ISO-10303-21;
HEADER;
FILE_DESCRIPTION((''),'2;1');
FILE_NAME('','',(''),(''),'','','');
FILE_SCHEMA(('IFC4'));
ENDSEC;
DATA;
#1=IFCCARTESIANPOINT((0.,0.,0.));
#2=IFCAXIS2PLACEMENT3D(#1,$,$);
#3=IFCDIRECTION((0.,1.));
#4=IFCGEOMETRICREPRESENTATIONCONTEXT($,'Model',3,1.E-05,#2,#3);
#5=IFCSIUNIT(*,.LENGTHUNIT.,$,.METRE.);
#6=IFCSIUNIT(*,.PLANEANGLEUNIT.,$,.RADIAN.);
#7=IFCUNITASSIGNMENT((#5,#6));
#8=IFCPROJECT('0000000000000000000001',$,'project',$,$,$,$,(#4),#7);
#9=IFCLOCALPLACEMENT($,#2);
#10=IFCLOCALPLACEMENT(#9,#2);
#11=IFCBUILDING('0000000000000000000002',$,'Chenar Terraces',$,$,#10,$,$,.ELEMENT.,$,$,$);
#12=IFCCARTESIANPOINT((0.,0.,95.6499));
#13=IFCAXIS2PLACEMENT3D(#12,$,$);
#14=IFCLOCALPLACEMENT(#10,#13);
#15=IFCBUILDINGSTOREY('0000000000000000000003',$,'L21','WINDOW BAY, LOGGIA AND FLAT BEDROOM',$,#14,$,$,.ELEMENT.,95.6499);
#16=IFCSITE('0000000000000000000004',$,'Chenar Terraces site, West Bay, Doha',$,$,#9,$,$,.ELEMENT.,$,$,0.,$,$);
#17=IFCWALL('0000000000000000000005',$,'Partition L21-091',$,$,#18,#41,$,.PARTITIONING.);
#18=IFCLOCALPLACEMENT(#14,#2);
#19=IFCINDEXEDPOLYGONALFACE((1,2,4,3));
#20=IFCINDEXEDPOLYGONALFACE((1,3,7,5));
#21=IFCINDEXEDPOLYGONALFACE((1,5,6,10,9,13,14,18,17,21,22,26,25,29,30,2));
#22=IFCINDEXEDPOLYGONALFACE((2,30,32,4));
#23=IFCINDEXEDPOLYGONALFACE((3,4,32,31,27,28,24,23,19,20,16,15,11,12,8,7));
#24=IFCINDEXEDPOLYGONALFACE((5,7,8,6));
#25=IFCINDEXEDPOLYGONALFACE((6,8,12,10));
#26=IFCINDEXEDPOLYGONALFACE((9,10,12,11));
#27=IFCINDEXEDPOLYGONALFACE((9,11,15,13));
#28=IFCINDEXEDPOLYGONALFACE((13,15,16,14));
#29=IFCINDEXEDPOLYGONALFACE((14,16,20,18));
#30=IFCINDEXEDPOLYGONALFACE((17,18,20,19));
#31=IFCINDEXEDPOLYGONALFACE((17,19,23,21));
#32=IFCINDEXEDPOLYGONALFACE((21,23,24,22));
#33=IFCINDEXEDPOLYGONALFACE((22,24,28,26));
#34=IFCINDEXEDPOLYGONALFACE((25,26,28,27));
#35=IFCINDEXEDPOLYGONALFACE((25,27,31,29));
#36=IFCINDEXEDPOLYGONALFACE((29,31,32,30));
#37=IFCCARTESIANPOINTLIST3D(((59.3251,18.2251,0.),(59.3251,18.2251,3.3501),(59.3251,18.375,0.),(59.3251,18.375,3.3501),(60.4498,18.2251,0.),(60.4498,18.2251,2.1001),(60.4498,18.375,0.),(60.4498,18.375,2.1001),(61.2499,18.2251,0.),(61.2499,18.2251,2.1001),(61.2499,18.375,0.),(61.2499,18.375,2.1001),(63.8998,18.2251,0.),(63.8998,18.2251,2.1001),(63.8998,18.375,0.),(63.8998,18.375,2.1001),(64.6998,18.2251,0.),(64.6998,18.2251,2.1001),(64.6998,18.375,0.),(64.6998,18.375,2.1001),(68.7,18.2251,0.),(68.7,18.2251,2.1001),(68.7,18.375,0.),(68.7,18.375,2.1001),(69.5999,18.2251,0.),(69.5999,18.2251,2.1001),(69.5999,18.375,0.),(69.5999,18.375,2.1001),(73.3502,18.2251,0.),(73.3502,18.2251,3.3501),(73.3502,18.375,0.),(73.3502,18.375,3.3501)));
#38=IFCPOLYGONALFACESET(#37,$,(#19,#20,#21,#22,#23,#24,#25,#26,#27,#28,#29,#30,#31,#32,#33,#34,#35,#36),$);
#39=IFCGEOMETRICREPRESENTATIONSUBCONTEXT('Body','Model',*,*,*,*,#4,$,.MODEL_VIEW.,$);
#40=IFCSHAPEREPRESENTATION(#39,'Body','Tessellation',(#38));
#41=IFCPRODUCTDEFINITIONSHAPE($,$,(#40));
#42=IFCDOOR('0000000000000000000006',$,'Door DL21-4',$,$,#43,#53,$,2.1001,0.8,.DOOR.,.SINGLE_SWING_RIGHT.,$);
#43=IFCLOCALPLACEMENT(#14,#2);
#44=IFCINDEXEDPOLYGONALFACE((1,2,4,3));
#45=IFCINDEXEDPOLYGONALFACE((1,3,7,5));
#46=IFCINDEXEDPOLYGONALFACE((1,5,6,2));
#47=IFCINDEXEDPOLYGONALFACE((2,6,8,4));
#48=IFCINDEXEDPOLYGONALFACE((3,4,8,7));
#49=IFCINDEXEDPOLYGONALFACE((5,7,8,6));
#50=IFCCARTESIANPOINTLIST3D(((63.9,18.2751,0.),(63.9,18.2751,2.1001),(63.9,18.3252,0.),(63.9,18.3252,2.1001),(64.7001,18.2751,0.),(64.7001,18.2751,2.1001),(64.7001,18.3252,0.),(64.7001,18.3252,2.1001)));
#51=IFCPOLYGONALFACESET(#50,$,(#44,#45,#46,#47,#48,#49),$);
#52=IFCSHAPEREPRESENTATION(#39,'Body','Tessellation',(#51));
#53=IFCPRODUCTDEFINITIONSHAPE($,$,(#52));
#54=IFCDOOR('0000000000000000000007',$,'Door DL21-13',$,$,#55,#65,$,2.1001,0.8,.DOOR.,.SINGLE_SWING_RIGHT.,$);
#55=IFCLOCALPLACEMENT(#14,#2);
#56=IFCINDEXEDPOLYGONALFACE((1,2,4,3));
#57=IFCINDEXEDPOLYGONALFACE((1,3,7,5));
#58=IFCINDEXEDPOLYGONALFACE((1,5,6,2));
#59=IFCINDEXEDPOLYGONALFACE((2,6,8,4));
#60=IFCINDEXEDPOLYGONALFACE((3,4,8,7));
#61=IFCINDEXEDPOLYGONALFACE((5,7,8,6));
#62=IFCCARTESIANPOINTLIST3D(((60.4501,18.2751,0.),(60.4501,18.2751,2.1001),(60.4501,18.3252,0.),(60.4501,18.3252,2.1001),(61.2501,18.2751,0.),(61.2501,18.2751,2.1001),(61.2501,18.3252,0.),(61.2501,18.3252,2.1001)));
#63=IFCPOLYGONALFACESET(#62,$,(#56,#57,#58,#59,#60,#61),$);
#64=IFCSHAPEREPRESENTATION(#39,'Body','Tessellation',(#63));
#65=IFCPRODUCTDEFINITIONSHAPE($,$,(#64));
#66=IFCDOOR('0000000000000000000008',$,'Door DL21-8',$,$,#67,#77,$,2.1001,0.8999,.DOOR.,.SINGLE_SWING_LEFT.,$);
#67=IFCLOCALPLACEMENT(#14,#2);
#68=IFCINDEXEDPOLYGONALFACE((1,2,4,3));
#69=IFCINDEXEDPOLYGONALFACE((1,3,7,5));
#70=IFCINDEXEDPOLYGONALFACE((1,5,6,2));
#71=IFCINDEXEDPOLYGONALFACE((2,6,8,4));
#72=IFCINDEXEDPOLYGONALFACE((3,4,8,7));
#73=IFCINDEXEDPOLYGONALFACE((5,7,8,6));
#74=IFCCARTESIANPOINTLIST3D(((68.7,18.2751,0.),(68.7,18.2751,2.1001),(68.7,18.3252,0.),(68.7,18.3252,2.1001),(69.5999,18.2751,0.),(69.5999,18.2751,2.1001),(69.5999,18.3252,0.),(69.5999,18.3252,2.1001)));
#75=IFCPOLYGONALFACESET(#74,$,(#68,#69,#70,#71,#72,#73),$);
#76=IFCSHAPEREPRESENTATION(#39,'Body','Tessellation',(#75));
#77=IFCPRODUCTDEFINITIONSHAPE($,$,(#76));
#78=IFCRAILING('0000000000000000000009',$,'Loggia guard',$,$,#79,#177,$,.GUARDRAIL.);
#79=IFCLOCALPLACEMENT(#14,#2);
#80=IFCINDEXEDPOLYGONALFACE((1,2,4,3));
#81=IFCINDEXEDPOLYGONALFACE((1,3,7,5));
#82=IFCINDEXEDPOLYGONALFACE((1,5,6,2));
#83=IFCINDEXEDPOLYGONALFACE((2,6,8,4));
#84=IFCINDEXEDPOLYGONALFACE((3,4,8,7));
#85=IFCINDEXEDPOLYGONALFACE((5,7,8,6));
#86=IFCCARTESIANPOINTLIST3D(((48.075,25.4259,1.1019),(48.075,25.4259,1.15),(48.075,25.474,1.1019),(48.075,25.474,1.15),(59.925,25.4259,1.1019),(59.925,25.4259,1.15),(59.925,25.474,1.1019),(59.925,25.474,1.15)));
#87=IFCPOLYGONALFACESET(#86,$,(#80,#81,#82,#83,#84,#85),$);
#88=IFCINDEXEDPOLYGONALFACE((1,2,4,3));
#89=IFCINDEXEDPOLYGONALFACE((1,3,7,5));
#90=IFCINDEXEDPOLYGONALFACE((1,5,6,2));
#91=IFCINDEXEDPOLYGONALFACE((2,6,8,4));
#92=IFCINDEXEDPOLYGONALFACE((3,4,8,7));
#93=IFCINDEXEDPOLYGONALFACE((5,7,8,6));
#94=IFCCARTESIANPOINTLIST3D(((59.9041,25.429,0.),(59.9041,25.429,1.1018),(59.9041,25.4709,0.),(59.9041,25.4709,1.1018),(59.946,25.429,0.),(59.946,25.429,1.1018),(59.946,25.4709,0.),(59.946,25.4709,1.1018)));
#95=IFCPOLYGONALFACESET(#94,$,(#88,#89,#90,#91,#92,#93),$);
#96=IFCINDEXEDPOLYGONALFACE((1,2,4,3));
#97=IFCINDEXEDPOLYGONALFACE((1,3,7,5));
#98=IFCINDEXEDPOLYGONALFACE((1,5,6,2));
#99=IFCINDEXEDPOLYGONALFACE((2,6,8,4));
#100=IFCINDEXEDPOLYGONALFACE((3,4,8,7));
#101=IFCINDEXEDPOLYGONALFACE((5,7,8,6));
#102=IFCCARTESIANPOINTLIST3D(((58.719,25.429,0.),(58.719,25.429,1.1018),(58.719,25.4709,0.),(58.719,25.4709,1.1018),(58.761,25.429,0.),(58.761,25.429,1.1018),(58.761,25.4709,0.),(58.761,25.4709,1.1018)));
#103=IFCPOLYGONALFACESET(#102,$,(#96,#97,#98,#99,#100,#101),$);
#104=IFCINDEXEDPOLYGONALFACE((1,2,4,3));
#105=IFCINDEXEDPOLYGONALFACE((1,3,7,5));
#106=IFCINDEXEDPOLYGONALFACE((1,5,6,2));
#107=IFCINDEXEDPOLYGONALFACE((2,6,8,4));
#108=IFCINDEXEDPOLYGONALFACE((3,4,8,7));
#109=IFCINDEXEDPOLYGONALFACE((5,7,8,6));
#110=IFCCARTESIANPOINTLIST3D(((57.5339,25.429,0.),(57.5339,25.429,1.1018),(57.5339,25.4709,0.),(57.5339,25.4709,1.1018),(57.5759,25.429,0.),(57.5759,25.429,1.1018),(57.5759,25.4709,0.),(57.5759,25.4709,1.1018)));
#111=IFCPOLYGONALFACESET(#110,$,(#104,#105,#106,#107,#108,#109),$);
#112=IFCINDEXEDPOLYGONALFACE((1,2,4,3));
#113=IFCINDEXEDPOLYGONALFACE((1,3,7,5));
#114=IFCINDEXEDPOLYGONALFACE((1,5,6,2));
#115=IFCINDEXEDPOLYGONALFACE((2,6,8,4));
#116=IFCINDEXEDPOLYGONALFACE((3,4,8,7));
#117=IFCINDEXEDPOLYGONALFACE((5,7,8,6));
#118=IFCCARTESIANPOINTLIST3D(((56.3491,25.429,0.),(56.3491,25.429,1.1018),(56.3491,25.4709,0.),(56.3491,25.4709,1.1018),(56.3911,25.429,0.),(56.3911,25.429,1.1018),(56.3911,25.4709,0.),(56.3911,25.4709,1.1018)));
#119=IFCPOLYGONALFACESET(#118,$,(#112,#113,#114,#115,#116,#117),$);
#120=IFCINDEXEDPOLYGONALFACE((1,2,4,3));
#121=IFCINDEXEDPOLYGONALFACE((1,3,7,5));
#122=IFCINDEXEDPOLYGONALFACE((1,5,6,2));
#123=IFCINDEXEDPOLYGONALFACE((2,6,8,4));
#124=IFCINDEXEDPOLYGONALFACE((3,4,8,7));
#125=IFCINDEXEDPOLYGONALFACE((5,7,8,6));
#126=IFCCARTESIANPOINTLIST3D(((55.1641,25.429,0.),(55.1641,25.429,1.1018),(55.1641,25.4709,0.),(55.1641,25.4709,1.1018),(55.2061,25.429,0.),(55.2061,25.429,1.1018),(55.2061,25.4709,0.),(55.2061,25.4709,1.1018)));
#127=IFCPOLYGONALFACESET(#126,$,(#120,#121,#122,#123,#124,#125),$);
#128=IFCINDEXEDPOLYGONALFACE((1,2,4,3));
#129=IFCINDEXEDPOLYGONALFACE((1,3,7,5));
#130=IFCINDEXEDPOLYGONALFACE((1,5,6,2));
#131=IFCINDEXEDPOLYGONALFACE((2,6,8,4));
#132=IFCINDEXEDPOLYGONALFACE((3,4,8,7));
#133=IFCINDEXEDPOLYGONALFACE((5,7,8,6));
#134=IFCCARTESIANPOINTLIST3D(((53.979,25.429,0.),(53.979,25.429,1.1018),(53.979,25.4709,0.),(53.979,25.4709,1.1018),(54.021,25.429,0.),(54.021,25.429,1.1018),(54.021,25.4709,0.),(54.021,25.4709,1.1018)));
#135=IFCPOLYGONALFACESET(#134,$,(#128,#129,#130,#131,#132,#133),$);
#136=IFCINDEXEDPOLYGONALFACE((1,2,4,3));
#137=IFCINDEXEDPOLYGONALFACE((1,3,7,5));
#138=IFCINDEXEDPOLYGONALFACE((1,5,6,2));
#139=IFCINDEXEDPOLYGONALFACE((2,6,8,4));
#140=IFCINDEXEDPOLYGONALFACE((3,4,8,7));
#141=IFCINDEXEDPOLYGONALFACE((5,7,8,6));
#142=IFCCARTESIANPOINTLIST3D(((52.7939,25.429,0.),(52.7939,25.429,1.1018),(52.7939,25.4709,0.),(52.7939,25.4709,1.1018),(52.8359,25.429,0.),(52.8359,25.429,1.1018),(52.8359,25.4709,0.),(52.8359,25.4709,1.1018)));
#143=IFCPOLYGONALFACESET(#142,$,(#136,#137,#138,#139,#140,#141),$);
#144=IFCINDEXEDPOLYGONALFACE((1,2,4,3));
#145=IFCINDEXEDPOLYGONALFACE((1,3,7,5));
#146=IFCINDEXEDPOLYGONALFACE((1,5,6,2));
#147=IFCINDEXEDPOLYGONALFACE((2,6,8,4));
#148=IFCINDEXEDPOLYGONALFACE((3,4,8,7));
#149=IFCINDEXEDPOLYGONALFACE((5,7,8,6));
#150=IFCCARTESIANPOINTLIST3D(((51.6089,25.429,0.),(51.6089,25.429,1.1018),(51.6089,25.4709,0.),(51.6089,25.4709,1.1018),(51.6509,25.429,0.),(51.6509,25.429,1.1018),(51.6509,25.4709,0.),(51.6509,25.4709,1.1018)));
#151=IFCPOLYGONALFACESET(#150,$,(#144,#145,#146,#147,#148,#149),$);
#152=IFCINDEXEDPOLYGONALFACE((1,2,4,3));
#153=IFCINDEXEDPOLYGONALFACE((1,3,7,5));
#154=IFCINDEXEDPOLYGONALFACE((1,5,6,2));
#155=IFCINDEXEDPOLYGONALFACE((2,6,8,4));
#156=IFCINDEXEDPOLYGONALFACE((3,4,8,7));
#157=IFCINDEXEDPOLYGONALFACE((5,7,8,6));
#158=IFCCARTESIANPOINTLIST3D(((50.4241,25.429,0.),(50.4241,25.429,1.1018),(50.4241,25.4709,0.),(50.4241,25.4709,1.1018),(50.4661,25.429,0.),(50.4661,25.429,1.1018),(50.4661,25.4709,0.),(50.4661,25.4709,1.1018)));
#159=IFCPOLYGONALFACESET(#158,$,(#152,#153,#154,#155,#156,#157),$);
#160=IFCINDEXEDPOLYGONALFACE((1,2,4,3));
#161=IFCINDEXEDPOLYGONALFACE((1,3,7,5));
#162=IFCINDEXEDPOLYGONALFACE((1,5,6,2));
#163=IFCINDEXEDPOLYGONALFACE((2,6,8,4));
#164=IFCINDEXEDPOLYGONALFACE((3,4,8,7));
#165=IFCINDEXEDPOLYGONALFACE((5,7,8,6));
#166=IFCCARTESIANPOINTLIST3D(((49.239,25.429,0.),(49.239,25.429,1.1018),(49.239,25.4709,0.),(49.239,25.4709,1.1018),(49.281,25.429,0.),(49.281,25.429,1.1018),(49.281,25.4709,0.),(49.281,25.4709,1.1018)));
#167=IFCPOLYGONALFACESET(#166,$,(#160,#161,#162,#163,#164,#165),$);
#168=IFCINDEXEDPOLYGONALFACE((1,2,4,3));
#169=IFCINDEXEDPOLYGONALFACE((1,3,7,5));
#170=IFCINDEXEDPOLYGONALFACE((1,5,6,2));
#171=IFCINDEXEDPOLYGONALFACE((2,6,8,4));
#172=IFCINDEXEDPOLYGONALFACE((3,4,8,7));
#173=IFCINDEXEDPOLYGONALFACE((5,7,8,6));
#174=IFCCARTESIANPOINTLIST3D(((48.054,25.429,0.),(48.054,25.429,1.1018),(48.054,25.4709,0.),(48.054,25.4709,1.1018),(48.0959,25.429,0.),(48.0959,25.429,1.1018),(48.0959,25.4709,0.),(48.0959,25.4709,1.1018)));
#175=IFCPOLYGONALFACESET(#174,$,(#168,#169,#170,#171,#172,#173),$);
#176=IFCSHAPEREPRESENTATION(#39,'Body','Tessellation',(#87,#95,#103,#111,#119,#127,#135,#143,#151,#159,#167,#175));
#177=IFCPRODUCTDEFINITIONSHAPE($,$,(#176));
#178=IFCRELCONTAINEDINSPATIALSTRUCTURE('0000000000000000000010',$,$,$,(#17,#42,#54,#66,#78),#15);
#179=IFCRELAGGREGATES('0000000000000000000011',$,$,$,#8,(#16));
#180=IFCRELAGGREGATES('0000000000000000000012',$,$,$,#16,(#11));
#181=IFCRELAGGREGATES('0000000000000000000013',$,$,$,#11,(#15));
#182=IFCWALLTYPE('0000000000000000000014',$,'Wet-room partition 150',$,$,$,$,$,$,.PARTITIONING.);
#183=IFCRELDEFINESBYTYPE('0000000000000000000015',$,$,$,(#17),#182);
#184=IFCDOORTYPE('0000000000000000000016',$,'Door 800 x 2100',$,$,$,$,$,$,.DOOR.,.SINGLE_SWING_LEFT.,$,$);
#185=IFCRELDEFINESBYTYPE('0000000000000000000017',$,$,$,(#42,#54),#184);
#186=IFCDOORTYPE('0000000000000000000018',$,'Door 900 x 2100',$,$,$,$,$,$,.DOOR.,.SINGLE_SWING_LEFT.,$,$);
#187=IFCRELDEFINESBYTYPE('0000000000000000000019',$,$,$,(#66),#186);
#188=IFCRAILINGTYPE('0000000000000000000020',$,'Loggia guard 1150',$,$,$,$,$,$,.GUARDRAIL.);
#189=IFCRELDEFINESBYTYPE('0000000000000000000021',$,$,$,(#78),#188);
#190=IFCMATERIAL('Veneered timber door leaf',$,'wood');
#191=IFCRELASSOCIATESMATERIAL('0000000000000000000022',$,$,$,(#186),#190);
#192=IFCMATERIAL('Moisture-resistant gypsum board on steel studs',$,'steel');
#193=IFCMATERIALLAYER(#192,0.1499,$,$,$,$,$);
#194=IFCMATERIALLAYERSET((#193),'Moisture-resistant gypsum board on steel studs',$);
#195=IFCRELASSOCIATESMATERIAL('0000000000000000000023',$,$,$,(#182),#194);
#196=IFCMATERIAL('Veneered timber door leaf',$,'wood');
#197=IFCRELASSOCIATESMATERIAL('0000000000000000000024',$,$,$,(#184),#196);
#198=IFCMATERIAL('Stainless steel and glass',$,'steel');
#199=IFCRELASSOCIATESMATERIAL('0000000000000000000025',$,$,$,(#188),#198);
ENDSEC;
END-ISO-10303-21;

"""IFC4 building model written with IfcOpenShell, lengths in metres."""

from ifc_helpers import new_model, si_unit, direction, frame, frame_2d, origin, origin_2d, place, context, subcontext, project, spatial, rectangle, extrude, material, layer, layer_set, type_object, element, fill, save


model = new_model("IFC4")

# Units and contexts
model_context = context("Model", 3, precision=1e-05, world=origin(), true_north=direction((0.0, 1.0)))
body_context = subcontext(model_context, "Body", "Model", "MODEL_VIEW")
ifc_project = project(units=[si_unit("LENGTHUNIT", "METRE"), si_unit("PLANEANGLEUNIT", "RADIAN")], contexts=[model_context])

# Site, building, storey
site_placement = place(None, origin())
site = spatial("IfcSite", under=ifc_project, at=site_placement, Name="Chenar Terraces site, West Bay, Doha", CompositionType="ELEMENT", RefElevation=0.0)
building_placement = place(site_placement, origin())
building = spatial("IfcBuilding", under=site, at=building_placement, Name="Chenar Terraces", CompositionType="ELEMENT")
storey_placement = place(building_placement, frame((0.0, 0.0, 95.6499)))
storey = spatial("IfcBuildingStorey", under=building, at=storey_placement, Name="L21", Description="WINDOW BAY, LOGGIA AND FLAT BEDROOM", CompositionType="ELEMENT", Elevation=95.6499)

# Shared definitions
ifc_material_1 = material(Name="Veneered timber door leaf", Category="wood")
door_type_1 = type_object("IfcDoorType", Name="Door 900 x 2100", OperationType="SINGLE_SWING_LEFT", PredefinedType="DOOR", material=ifc_material_1)

# Wall, openings, doors
ifc_material_2 = material(Name="Moisture-resistant gypsum board on steel studs", Category="steel")
ifc_layer_1 = layer(ifc_material_2, 0.1499)
ifc_layer_set_1 = layer_set([ifc_layer_1], Name="Moisture-resistant gypsum board on steel studs")
wall_type_1 = type_object("IfcWallType", Name="Wet-room partition 150", PredefinedType="PARTITIONING", material=ifc_layer_set_1)
wall_1_placement = place(storey_placement, frame((59.325, 18.3, 0.0), z_axis=(0.0, 0.0, 1.0), x_axis=(1.0, 0.0, 0.0)))
wall_1 = element("IfcWall", 1, at=wall_1_placement, inside=storey, type_object=wall_type_1, Name="Partition L21-091", PredefinedType="PARTITIONING", context=body_context, shape_type="SweptSolid", body=[
    extrude(rectangle(XDim=14.0251, YDim=0.1499, at=frame_2d((7.0127, 0.0))), origin(), (0.0, 0.0, 1.0), 3.3501),
])
opening_1_placement = place(wall_1_placement, frame((4.575, 0.0, 0.0)))
opening_1 = element("IfcOpeningElement", 2, at=opening_1_placement, cuts=wall_1, PredefinedType="OPENING", context=body_context, shape_type="SweptSolid", body=[
    extrude(rectangle(XDim=0.8, YDim=2.1001, at=frame_2d((0.3999, 1.05))), frame((0.0, 0.085, 0.0), z_axis=(0.0, -1.0, 0.0), x_axis=(1.0, 0.0, 0.0)), (0.0, 0.0, 1.0), 0.1699),
])
opening_2_placement = place(wall_1_placement, frame((9.375, 0.0, 0.0)))
opening_2 = element("IfcOpeningElement", 3, at=opening_2_placement, cuts=wall_1, PredefinedType="OPENING", context=body_context, shape_type="SweptSolid", body=[
    extrude(rectangle(XDim=0.8999, YDim=2.1001, at=frame_2d((0.45, 1.05))), frame((0.0, 0.085, 0.0), z_axis=(0.0, -1.0, 0.0), x_axis=(1.0, 0.0, 0.0)), (0.0, 0.0, 1.0), 0.1699),
])
opening_3_placement = place(wall_1_placement, frame((1.125, 0.0, 0.0)))
opening_3 = element("IfcOpeningElement", 4, at=opening_3_placement, cuts=wall_1, PredefinedType="OPENING", context=body_context, shape_type="SweptSolid", body=[
    extrude(rectangle(XDim=0.8, YDim=2.1001, at=frame_2d((0.3999, 1.05))), frame((0.0, 0.085, 0.0), z_axis=(0.0, -1.0, 0.0), x_axis=(1.0, 0.0, 0.0)), (0.0, 0.0, 1.0), 0.1699),
])
ifc_material_3 = material(Name="Veneered timber door leaf", Category="wood")
door_type_2 = type_object("IfcDoorType", Name="Door 800 x 2100", OperationType="SINGLE_SWING_LEFT", PredefinedType="DOOR", material=ifc_material_3)
door_1_placement = place(opening_1_placement, frame((0.8, 0.0, 0.0), z_axis=(0.0, 0.0, 1.0), x_axis=(-1.0, 0.0, 0.0)))
door_1 = element("IfcDoor", 5, at=door_1_placement, inside=storey, type_object=door_type_2, Name="Door DL21-4", OperationType="SINGLE_SWING_RIGHT", OverallHeight=2.1001, OverallWidth=0.8, PredefinedType="DOOR", context=body_context, shape_type="SweptSolid", body=[
    extrude(rectangle(XDim=0.8, YDim=2.1001, at=frame_2d((0.3999, 1.05))), frame((0.0, 0.0249, 0.0), z_axis=(0.0, -1.0, 0.0), x_axis=(1.0, 0.0, 0.0)), (0.0, 0.0, 1.0), 0.05),
])
fill(opening_1, door_1)
door_2_placement = place(opening_3_placement, frame((0.8, 0.0, 0.0), z_axis=(0.0, 0.0, 1.0), x_axis=(-1.0, 0.0, 0.0)))
door_2 = element("IfcDoor", 6, at=door_2_placement, inside=storey, type_object=door_type_2, Name="Door DL21-13", OperationType="SINGLE_SWING_RIGHT", OverallHeight=2.1001, OverallWidth=0.8, PredefinedType="DOOR", context=body_context, shape_type="SweptSolid", body=[
    extrude(rectangle(XDim=0.8, YDim=2.1001, at=frame_2d((0.3999, 1.05))), frame((0.0, 0.0249, 0.0), z_axis=(0.0, -1.0, 0.0), x_axis=(1.0, 0.0, 0.0)), (0.0, 0.0, 1.0), 0.05),
])
fill(opening_3, door_2)
door_3_placement = place(opening_2_placement, frame((0.8999, 0.0, 0.0), z_axis=(0.0, 0.0, 1.0), x_axis=(-1.0, 0.0, 0.0)))
door_3 = element("IfcDoor", 7, at=door_3_placement, inside=storey, type_object=door_type_1, Name="Door DL21-8", OperationType="SINGLE_SWING_LEFT", OverallHeight=2.1001, OverallWidth=0.8999, PredefinedType="DOOR", context=body_context, shape_type="SweptSolid", body=[
    extrude(rectangle(XDim=0.8999, YDim=2.1001, at=frame_2d((0.45, 1.05))), frame((0.0, 0.0249, 0.0), z_axis=(0.0, -1.0, 0.0), x_axis=(1.0, 0.0, 0.0)), (0.0, 0.0, 1.0), 0.05),
])
fill(opening_2, door_3)

# Railing
ifc_material_4 = material(Name="Stainless steel and glass", Category="steel")
railing_type = type_object("IfcRailingType", Name="Loggia guard 1150", PredefinedType="GUARDRAIL", material=ifc_material_4)
railing_placement = place(storey_placement, frame((59.925, 25.45, 0.0)))
element("IfcRailing", 8, at=railing_placement, inside=storey, type_object=railing_type, Name="Loggia guard", PredefinedType="GUARDRAIL", context=body_context, shape_type="SweptSolid", body=[
    extrude(rectangle(XDim=0.0481, YDim=0.0481, at=origin_2d()), frame((0.0, 0.0, 1.126), z_axis=(-1.0, 0.0, 0.0), x_axis=(0.0, -1.0, 0.0)), (0.0, 0.0, 1.0), 11.8501),
    extrude(rectangle(XDim=0.042, YDim=0.042, at=origin_2d()), origin(), (0.0, 0.0, 1.0), 1.1018),
    extrude(rectangle(XDim=0.042, YDim=0.042, at=origin_2d()), frame((-1.1851, 0.0, 0.0)), (0.0, 0.0, 1.0), 1.1018),
    extrude(rectangle(XDim=0.042, YDim=0.042, at=origin_2d()), frame((-2.3701, 0.0, 0.0)), (0.0, 0.0, 1.0), 1.1018),
    extrude(rectangle(XDim=0.042, YDim=0.042, at=origin_2d()), frame((-3.5549, 0.0, 0.0)), (0.0, 0.0, 1.0), 1.1018),
    extrude(rectangle(XDim=0.042, YDim=0.042, at=origin_2d()), frame((-4.74, 0.0, 0.0)), (0.0, 0.0, 1.0), 1.1018),
    extrude(rectangle(XDim=0.042, YDim=0.042, at=origin_2d()), frame((-5.925, 0.0, 0.0)), (0.0, 0.0, 1.0), 1.1018),
    extrude(rectangle(XDim=0.042, YDim=0.042, at=origin_2d()), frame((-7.1101, 0.0, 0.0)), (0.0, 0.0, 1.0), 1.1018),
    extrude(rectangle(XDim=0.042, YDim=0.042, at=origin_2d()), frame((-8.2952, 0.0, 0.0)), (0.0, 0.0, 1.0), 1.1018),
    extrude(rectangle(XDim=0.042, YDim=0.042, at=origin_2d()), frame((-9.48, 0.0, 0.0)), (0.0, 0.0, 1.0), 1.1018),
    extrude(rectangle(XDim=0.042, YDim=0.042, at=origin_2d()), frame((-10.665, 0.0, 0.0)), (0.0, 0.0, 1.0), 1.1018),
    extrude(rectangle(XDim=0.042, YDim=0.042, at=origin_2d()), frame((-11.8501, 0.0, 0.0)), (0.0, 0.0, 1.0), 1.1018),
])

save(model, "model.ifc")
